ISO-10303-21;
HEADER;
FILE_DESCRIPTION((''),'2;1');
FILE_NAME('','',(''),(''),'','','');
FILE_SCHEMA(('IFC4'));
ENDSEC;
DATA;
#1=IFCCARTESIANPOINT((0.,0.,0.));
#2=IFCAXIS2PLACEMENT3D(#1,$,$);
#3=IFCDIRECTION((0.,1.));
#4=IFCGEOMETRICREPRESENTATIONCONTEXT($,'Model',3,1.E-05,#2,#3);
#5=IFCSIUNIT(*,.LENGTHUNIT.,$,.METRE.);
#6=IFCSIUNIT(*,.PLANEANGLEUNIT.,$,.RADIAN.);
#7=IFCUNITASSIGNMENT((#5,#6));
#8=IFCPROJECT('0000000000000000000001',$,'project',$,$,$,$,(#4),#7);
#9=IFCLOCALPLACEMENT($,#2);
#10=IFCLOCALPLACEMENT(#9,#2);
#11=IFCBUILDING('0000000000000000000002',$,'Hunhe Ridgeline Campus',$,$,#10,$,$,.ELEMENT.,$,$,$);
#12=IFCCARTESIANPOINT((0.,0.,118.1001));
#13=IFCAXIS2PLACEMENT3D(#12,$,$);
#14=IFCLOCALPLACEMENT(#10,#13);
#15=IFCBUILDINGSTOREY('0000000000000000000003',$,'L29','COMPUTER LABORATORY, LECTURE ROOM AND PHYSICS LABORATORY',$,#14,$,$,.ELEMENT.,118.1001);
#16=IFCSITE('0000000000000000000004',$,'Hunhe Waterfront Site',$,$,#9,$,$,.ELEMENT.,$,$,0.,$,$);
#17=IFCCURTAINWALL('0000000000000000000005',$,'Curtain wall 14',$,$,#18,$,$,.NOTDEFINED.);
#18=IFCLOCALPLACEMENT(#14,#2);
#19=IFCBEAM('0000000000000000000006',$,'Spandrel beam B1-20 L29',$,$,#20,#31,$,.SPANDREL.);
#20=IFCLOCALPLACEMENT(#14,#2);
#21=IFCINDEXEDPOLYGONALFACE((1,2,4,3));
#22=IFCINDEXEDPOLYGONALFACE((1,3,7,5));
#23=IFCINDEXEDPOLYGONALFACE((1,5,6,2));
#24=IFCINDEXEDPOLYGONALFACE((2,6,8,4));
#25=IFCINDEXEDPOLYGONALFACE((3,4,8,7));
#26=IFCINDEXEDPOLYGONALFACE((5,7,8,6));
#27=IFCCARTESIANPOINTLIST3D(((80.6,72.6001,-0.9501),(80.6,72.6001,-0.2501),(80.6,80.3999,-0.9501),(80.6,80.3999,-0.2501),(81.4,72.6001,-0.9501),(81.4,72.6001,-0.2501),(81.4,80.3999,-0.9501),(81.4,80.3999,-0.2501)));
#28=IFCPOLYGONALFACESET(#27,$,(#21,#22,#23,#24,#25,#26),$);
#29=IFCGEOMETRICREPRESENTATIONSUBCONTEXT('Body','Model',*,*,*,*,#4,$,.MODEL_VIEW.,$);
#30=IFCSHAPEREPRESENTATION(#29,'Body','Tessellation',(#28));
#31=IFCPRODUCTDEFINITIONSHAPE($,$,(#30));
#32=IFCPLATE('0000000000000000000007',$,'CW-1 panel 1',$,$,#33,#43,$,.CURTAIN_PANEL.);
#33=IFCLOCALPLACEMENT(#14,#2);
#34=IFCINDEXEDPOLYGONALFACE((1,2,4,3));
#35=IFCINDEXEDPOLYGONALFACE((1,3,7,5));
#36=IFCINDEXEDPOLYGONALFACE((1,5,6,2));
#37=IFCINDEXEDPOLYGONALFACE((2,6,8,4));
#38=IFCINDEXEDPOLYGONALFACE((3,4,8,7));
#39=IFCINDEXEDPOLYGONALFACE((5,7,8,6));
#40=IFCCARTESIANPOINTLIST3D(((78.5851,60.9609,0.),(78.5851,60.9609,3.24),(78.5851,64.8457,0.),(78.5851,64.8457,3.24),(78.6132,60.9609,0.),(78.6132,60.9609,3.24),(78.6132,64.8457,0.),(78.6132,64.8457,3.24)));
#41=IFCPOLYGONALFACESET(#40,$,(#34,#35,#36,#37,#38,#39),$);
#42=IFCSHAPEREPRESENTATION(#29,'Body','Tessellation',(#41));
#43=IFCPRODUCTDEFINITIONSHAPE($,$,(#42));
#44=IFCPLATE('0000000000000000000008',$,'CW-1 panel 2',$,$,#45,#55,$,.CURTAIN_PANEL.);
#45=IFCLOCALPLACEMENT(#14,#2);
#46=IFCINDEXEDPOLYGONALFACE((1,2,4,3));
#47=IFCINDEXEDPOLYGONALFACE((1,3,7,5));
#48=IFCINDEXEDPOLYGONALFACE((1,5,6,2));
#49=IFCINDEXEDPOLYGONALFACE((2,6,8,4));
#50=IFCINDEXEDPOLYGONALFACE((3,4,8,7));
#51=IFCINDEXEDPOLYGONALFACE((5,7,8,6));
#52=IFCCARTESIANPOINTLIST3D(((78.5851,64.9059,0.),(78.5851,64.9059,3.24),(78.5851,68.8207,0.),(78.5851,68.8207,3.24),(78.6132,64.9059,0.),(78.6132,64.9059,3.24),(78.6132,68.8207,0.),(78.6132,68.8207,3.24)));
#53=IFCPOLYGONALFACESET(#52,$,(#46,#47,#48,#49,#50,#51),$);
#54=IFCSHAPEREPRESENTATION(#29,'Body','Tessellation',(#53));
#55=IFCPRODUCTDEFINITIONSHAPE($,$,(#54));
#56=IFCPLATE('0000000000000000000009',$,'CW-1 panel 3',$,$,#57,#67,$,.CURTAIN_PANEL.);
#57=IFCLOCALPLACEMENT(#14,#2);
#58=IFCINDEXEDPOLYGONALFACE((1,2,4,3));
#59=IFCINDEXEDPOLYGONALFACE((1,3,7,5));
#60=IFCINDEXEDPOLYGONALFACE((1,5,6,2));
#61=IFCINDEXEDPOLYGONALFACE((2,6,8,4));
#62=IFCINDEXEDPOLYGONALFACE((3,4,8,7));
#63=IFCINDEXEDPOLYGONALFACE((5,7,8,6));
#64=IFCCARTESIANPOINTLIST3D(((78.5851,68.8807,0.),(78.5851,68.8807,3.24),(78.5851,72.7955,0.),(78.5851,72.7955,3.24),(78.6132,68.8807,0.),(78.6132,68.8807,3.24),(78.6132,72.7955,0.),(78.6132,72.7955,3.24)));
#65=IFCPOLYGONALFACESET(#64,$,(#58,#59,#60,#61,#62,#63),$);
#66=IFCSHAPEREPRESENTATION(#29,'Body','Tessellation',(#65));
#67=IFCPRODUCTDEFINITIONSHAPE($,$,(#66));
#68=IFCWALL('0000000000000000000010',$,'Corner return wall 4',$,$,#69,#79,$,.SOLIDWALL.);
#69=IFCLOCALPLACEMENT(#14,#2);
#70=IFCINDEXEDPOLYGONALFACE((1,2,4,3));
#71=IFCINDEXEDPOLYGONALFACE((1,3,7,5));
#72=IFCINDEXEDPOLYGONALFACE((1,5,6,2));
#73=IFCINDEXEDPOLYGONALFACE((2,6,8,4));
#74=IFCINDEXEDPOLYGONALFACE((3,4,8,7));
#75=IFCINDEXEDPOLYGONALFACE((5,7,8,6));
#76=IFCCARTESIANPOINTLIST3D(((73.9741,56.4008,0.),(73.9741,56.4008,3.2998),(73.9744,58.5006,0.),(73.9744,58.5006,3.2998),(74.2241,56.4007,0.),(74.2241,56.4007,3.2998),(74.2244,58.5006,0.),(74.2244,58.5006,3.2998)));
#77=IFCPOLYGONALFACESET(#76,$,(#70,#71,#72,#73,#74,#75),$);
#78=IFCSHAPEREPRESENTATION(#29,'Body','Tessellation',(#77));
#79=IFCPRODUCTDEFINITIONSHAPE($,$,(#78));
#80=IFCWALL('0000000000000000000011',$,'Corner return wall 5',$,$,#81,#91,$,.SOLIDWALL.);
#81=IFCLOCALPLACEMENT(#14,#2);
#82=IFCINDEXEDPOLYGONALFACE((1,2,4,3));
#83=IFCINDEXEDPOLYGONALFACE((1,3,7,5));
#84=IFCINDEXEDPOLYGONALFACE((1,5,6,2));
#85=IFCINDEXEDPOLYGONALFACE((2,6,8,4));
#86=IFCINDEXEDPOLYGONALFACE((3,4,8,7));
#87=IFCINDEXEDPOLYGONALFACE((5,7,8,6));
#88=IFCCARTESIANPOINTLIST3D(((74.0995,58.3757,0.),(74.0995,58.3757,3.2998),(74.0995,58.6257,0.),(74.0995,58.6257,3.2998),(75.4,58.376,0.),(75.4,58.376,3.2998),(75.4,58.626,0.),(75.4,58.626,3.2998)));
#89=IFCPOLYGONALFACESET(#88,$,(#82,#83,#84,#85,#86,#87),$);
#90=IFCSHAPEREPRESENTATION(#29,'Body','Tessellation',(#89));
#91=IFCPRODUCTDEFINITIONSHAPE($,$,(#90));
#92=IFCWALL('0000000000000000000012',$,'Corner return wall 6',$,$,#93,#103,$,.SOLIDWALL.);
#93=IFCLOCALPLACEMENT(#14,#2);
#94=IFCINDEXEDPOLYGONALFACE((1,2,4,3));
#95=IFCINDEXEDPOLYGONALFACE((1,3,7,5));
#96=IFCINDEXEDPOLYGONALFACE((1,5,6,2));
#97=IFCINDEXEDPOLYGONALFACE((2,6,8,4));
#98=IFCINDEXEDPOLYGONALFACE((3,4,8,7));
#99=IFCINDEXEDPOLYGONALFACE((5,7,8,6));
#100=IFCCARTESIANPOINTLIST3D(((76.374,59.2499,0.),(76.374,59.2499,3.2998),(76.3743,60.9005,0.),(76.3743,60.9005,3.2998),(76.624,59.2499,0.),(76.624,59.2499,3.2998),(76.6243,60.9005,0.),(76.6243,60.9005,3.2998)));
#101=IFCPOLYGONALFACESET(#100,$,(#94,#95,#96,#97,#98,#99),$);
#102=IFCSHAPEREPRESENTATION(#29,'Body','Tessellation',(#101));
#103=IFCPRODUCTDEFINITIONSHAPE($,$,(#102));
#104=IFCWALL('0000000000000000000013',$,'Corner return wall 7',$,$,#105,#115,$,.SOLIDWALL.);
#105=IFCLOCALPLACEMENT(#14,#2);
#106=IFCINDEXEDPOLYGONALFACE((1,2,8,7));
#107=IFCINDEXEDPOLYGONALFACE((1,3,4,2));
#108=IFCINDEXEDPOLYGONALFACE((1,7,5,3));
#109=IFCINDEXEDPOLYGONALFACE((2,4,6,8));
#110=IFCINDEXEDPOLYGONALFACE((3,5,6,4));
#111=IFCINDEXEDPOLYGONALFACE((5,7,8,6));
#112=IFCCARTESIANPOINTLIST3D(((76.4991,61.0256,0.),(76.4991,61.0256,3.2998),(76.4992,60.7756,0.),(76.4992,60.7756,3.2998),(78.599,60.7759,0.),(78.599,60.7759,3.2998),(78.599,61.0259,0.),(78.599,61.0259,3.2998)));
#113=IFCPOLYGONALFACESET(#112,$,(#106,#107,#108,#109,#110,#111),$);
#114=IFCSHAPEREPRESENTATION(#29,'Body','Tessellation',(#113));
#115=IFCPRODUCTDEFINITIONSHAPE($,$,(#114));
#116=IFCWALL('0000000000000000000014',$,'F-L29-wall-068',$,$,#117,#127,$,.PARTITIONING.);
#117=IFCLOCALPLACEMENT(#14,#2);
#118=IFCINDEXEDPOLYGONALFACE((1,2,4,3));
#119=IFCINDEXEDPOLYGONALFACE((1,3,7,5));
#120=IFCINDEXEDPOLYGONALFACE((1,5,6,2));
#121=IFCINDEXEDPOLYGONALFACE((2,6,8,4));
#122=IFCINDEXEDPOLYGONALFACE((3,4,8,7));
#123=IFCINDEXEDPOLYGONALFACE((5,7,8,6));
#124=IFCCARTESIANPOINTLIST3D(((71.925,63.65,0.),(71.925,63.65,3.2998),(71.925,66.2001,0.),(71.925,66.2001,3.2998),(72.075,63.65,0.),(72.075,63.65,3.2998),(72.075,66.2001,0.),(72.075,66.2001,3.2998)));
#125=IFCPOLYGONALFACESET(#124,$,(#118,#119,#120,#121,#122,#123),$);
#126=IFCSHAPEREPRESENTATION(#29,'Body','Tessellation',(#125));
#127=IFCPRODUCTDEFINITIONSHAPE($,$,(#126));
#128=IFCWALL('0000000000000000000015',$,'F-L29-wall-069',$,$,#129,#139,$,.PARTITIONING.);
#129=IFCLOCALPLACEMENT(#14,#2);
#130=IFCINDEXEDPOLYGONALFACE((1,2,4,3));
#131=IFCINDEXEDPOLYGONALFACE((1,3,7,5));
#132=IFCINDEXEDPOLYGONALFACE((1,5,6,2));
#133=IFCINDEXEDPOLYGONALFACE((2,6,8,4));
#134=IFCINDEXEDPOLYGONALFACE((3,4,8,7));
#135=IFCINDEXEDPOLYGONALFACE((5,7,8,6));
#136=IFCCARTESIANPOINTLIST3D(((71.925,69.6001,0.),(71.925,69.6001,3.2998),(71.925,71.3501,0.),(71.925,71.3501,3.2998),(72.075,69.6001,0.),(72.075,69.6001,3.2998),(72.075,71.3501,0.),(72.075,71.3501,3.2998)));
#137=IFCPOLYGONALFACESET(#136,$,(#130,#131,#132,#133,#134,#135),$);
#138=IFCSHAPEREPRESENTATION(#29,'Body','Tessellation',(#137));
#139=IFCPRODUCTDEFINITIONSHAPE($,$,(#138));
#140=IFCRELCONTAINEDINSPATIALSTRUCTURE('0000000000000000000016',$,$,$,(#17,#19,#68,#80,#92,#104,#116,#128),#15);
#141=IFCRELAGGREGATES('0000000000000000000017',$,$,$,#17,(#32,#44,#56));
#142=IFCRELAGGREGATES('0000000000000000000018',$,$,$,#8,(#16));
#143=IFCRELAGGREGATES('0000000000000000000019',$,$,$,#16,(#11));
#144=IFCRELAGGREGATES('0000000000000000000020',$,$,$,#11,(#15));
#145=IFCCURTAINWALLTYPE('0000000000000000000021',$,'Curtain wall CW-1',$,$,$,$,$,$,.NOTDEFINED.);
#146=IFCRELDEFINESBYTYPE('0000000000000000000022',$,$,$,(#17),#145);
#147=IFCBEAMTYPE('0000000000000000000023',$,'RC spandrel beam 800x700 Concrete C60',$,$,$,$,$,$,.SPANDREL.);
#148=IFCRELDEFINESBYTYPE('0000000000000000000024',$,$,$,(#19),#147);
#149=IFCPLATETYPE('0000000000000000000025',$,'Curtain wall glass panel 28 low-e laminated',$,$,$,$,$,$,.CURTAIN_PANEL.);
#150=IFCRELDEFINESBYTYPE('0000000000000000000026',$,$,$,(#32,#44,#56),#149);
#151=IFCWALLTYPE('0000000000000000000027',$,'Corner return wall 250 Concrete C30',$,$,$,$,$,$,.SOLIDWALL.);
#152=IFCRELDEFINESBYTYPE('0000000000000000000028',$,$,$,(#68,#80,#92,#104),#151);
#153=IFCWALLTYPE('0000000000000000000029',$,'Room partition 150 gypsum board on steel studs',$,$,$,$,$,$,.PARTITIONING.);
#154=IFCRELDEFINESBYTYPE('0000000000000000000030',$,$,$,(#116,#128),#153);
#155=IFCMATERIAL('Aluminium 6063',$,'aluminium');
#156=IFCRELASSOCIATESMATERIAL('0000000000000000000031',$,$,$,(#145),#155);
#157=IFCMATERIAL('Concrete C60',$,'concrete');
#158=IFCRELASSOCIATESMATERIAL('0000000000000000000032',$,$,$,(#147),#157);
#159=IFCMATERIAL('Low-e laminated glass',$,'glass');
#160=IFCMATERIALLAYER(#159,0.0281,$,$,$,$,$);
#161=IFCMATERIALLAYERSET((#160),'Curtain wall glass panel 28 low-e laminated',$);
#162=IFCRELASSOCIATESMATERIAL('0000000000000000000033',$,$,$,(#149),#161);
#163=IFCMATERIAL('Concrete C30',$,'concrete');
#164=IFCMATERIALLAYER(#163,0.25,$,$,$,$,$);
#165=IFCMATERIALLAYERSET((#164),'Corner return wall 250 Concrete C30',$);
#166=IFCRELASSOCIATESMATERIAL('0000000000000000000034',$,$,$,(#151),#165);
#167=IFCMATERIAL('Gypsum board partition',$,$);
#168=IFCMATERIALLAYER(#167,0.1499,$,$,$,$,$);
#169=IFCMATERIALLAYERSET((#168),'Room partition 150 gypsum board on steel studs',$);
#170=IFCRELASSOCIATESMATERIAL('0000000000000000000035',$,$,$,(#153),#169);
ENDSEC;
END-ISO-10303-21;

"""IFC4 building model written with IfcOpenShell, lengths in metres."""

from ifc_helpers import new_model, si_unit, direction, frame, frame_2d, origin, origin_2d, place, context, subcontext, project, spatial, rectangle, extrude, material, layer, layer_set, material_profile, profile_set, type_object, element, aggregate, save


model = new_model("IFC4")

# Units and contexts
model_context = context("Model", 3, precision=1e-05, world=origin(), true_north=direction((0.0, 1.0)))
body_context = subcontext(model_context, "Body", "Model", "MODEL_VIEW")
ifc_project = project(units=[si_unit("LENGTHUNIT", "METRE"), si_unit("PLANEANGLEUNIT", "RADIAN")], contexts=[model_context])

# Site, building, storey
site_placement = place(None, origin())
site = spatial("IfcSite", under=ifc_project, at=site_placement, Name="Hunhe Waterfront Site", CompositionType="ELEMENT", RefElevation=0.0)
building_placement = place(site_placement, origin())
building = spatial("IfcBuilding", under=site, at=building_placement, Name="Hunhe Ridgeline Campus", CompositionType="ELEMENT")
storey_placement = place(building_placement, frame((0.0, 0.0, 118.1001)))
storey = spatial("IfcBuildingStorey", under=building, at=storey_placement, Name="L29", Description="COMPUTER LABORATORY, LECTURE ROOM AND PHYSICS LABORATORY", CompositionType="ELEMENT", Elevation=118.1001)

# Shared definitions
ifc_material_1 = material(Name="Aluminium 6063", Category="aluminium")
curtain_wall_type = type_object("IfcCurtainWallType", Name="Curtain wall CW-1", PredefinedType="NOTDEFINED", material=ifc_material_1)

# Curtain wall
curtain_wall_1_placement = place(storey_placement, origin())
curtain_wall_1 = element("IfcCurtainWall", 1, at=curtain_wall_1_placement, inside=storey, type_object=curtain_wall_type, Name="Curtain wall 14", PredefinedType="NOTDEFINED")

# Beam
ifc_material_2 = material(Name="Concrete C60", Category="concrete")
ifc_material_profile_1 = material_profile(ifc_material_2, rectangle(XDim=0.8, YDim=0.7, at=origin_2d()))
ifc_profile_set_1 = profile_set([ifc_material_profile_1], Name="Concrete C60")
beam_type = type_object("IfcBeamType", Name="RC spandrel beam 800x700 Concrete C60", PredefinedType="SPANDREL", material=ifc_profile_set_1)
for number, where, z_axis, x_axis, name in (
    (2, (81.0, 72.6001, -0.6001), (0.0, 1.0, 0.0), (-1.0, 0.0, 0.0), "Spandrel beam B1-20 L29"),
):
    element("IfcBeam", number, at=place(storey_placement, frame(where, z_axis=z_axis, x_axis=x_axis)), inside=storey, type_object=beam_type, Name=name, PredefinedType="SPANDREL", context=body_context, shape_type="SweptSolid", body=[
        extrude(rectangle(XDim=0.8, YDim=0.7, at=origin_2d()), origin(), (0.0, 0.0, 1.0), 7.7998),
    ])

# Plates
ifc_material_3 = material(Name="Low-e laminated glass", Category="glass")
ifc_layer_1 = layer(ifc_material_3, 0.0281)
ifc_layer_set_1 = layer_set([ifc_layer_1], Name="Curtain wall glass panel 28 low-e laminated")
plate_type = type_object("IfcPlateType", Name="Curtain wall glass panel 28 low-e laminated", PredefinedType="CURTAIN_PANEL", material=ifc_layer_set_1)
plate_1_placement = place(storey_placement, frame((78.5991, 62.9033, 0.0), z_axis=(0.0, 0.0, 1.0), x_axis=(0.0, 1.0, 0.0)))
plate_1 = element("IfcPlate", 3, at=plate_1_placement, type_object=plate_type, Name="CW-1 panel 1", PredefinedType="CURTAIN_PANEL", context=body_context, shape_type="SweptSolid", body=[
    extrude(rectangle(XDim=3.8848, YDim=0.0281, at=origin_2d()), origin(), (0.0, 0.0, 1.0), 3.24),
])
plate_2_placement = place(storey_placement, frame((78.5991, 66.8633, 0.0), z_axis=(0.0, 0.0, 1.0), x_axis=(0.0, 1.0, 0.0)))
plate_2 = element("IfcPlate", 4, at=plate_2_placement, type_object=plate_type, Name="CW-1 panel 2", PredefinedType="CURTAIN_PANEL", context=body_context, shape_type="SweptSolid", body=[
    extrude(rectangle(XDim=3.9148, YDim=0.0281, at=origin_2d()), origin(), (0.0, 0.0, 1.0), 3.24),
])
plate_3_placement = place(storey_placement, frame((78.5991, 70.8381, 0.0), z_axis=(0.0, 0.0, 1.0), x_axis=(0.0, 1.0, 0.0)))
plate_3 = element("IfcPlate", 5, at=plate_3_placement, type_object=plate_type, Name="CW-1 panel 3", PredefinedType="CURTAIN_PANEL", context=body_context, shape_type="SweptSolid", body=[
    extrude(rectangle(XDim=3.9148, YDim=0.0281, at=origin_2d()), origin(), (0.0, 0.0, 1.0), 3.24),
])
aggregate(curtain_wall_1, [plate_1, plate_2, plate_3])

# Walls
ifc_material_4 = material(Name="Concrete C30", Category="concrete")
ifc_layer_2 = layer(ifc_material_4, 0.25)
ifc_layer_set_2 = layer_set([ifc_layer_2], Name="Corner return wall 250 Concrete C30")
wall_type_1 = type_object("IfcWallType", Name="Corner return wall 250 Concrete C30", PredefinedType="SOLIDWALL", material=ifc_layer_set_2)
wall_1_placement = place(storey_placement, frame((74.0991, 56.4009, 0.0), z_axis=(0.0, 0.0, 1.0), x_axis=(0.000116, 1.0, 0.0)))
element("IfcWall", 6, at=wall_1_placement, inside=storey, type_object=wall_type_1, Name="Corner return wall 4", PredefinedType="SOLIDWALL", context=body_context, shape_type="SweptSolid", body=[
    extrude(rectangle(XDim=2.0999, YDim=0.25, at=frame_2d((1.0498, 0.0))), origin(), (0.0, 0.0, 1.0), 3.2998),
])
wall_2_placement = place(storey_placement, frame((74.0994, 58.5007, 0.0), z_axis=(0.0, 0.0, 1.0), x_axis=(1.0, 0.000188, 0.0)))
element("IfcWall", 7, at=wall_2_placement, inside=storey, type_object=wall_type_1, Name="Corner return wall 5", PredefinedType="SOLIDWALL", context=body_context, shape_type="SweptSolid", body=[
    extrude(rectangle(XDim=1.3005, YDim=0.25, at=frame_2d((0.6504, 0.0))), origin(), (0.0, 0.0, 1.0), 3.2998),
])
wall_3_placement = place(storey_placement, frame((76.499, 59.25, 0.0), z_axis=(0.0, 0.0, 1.0), x_axis=(0.000148, 1.0, 0.0)))
element("IfcWall", 8, at=wall_3_placement, inside=storey, type_object=wall_type_1, Name="Corner return wall 6", PredefinedType="SOLIDWALL", context=body_context, shape_type="SweptSolid", body=[
    extrude(rectangle(XDim=1.6506, YDim=0.25, at=frame_2d((0.8252, 0.0))), origin(), (0.0, 0.0, 1.0), 3.2998),
])
wall_4_placement = place(storey_placement, frame((76.4993, 60.9006, 0.0), z_axis=(0.0, 0.0, 1.0), x_axis=(1.0, 0.000116, 0.0)))
element("IfcWall", 9, at=wall_4_placement, inside=storey, type_object=wall_type_1, Name="Corner return wall 7", PredefinedType="SOLIDWALL", context=body_context, shape_type="SweptSolid", body=[
    extrude(rectangle(XDim=2.0999, YDim=0.25, at=frame_2d((1.0498, 0.0))), origin(), (0.0, 0.0, 1.0), 3.2998),
])

# Shared definitions
ifc_material_5 = material(Name="Gypsum board partition")

# Walls
ifc_layer_3 = layer(ifc_material_5, 0.1499)
ifc_layer_set_3 = layer_set([ifc_layer_3], Name="Room partition 150 gypsum board on steel studs")
wall_type_2 = type_object("IfcWallType", Name="Room partition 150 gypsum board on steel studs", PredefinedType="PARTITIONING", material=ifc_layer_set_3)
wall_5_placement = place(storey_placement, frame((72.0, 66.2, 0.0), z_axis=(0.0, 0.0, 1.0), x_axis=(0.0, -1.0, 0.0)))
element("IfcWall", 10, at=wall_5_placement, inside=storey, type_object=wall_type_2, Name="F-L29-wall-068", PredefinedType="PARTITIONING", context=body_context, shape_type="SweptSolid", body=[
    extrude(rectangle(XDim=2.55, YDim=0.1499, at=frame_2d((1.2749, 0.0))), origin(), (0.0, 0.0, 1.0), 3.2998),
])
wall_6_placement = place(storey_placement, frame((72.0, 71.3501, 0.0), z_axis=(0.0, 0.0, 1.0), x_axis=(0.0, -1.0, 0.0)))
element("IfcWall", 11, at=wall_6_placement, inside=storey, type_object=wall_type_2, Name="F-L29-wall-069", PredefinedType="PARTITIONING", context=body_context, shape_type="SweptSolid", body=[
    extrude(rectangle(XDim=1.75, YDim=0.1499, at=frame_2d((0.875, 0.0))), origin(), (0.0, 0.0, 1.0), 3.2998),
])

save(model, "model.ifc")
